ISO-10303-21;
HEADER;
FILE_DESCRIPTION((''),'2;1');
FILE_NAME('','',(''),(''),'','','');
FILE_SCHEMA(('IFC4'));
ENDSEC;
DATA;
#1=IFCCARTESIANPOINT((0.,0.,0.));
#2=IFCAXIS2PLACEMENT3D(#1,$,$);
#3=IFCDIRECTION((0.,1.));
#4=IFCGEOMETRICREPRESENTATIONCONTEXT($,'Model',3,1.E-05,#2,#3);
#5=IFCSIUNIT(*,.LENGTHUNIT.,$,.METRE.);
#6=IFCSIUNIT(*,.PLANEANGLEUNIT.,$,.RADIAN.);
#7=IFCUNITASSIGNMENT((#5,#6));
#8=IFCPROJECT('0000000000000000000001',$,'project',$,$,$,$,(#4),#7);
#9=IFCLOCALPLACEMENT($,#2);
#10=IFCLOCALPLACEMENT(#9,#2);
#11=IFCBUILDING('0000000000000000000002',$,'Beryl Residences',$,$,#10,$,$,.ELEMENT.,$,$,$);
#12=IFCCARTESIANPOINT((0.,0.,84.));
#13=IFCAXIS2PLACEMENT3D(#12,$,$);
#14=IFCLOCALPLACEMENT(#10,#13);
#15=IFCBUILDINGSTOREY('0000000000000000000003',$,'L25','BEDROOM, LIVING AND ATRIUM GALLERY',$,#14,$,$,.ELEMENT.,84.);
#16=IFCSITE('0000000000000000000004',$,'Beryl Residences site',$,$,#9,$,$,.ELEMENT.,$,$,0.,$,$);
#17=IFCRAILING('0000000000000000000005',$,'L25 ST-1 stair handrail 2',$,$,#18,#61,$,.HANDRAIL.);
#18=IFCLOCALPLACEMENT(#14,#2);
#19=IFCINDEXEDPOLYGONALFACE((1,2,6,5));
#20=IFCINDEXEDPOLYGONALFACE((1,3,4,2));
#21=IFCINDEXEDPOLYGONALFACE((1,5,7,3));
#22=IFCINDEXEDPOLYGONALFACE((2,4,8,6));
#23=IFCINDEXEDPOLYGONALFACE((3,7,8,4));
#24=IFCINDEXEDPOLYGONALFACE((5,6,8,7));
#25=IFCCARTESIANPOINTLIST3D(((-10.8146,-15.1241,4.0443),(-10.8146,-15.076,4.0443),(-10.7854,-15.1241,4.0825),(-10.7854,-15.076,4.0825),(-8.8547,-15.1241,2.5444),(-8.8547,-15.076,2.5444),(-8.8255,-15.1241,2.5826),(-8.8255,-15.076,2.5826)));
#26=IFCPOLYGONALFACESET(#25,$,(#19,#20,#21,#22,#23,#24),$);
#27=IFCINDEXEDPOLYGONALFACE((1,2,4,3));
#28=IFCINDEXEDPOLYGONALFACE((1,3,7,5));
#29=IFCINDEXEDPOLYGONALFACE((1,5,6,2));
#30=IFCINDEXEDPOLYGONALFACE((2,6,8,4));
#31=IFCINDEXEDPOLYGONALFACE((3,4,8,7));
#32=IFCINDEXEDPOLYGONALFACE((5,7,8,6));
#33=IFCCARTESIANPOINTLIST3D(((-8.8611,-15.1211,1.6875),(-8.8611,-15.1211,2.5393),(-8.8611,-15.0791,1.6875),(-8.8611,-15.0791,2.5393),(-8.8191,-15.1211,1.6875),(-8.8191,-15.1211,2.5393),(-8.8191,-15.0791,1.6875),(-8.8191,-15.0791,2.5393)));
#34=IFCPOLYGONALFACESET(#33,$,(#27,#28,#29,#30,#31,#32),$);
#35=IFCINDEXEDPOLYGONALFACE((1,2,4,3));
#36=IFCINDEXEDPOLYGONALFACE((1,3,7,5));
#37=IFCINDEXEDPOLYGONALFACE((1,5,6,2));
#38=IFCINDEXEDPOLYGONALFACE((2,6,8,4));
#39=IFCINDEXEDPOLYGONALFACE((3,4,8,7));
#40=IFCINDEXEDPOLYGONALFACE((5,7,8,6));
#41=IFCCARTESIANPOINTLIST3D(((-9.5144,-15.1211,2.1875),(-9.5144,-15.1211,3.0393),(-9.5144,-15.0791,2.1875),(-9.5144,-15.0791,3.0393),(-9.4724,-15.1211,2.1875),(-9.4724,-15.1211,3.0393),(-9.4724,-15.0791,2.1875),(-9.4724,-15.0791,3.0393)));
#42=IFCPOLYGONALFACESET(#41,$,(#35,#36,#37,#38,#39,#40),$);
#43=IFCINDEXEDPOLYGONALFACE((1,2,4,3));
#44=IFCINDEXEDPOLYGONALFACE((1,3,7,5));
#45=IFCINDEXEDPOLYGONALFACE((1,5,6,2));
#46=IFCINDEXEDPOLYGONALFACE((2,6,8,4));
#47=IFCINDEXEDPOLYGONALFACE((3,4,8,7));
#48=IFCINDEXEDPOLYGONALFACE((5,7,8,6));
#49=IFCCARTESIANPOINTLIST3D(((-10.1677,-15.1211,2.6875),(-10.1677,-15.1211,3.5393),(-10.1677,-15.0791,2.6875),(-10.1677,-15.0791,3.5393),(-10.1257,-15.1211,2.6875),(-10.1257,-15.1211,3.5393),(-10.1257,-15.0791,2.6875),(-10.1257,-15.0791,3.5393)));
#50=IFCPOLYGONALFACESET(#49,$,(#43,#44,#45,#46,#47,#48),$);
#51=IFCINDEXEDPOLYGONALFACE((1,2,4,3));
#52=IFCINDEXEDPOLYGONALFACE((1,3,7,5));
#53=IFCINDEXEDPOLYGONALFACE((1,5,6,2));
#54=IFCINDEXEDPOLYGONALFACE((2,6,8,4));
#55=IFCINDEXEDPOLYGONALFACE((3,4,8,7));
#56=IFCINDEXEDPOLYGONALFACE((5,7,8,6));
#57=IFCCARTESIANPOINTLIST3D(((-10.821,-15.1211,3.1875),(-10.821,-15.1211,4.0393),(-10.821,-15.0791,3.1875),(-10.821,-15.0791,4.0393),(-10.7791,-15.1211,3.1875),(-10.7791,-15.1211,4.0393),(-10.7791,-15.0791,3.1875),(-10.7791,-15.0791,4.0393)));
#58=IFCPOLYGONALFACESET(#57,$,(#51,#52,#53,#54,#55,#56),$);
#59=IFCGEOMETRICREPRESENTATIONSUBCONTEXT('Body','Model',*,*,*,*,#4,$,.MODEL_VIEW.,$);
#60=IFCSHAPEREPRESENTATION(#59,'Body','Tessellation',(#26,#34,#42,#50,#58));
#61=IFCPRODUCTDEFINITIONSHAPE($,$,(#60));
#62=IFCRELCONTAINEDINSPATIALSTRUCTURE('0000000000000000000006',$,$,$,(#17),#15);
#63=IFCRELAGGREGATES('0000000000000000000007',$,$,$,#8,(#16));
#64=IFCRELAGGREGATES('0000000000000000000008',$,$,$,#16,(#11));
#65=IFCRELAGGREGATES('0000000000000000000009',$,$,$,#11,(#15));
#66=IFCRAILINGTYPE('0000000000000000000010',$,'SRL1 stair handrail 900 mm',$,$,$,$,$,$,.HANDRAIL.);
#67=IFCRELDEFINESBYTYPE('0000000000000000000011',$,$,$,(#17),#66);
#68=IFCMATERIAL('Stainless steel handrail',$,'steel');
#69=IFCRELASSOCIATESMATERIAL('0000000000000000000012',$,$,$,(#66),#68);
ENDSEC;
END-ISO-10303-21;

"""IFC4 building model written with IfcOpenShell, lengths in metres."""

from ifc_helpers import new_model, si_unit, direction, frame, origin, origin_2d, place, context, subcontext, project, spatial, rectangle, extrude, material, type_object, element, save


model = new_model("IFC4")

# Units and contexts
model_context = context("Model", 3, precision=1e-05, world=origin(), true_north=direction((0.0, 1.0)))
body_context = subcontext(model_context, "Body", "Model", "MODEL_VIEW")
ifc_project = project(units=[si_unit("LENGTHUNIT", "METRE"), si_unit("PLANEANGLEUNIT", "RADIAN")], contexts=[model_context])

# Site, building, storey
site_placement = place(None, origin())
site = spatial("IfcSite", under=ifc_project, at=site_placement, Name="Beryl Residences site", CompositionType="ELEMENT", RefElevation=0.0)
building_placement = place(site_placement, origin())
building = spatial("IfcBuilding", under=site, at=building_placement, Name="Beryl Residences", CompositionType="ELEMENT")
storey_placement = place(building_placement, frame((0.0, 0.0, 84.0)))
storey = spatial("IfcBuildingStorey", under=building, at=storey_placement, Name="L25", Description="BEDROOM, LIVING AND ATRIUM GALLERY", CompositionType="ELEMENT", Elevation=84.0)

# Railing
ifc_material_1 = material(Name="Stainless steel handrail", Category="steel")
railing_type_1 = type_object("IfcRailingType", Name="SRL1 stair handrail 900 mm", PredefinedType="HANDRAIL", material=ifc_material_1)
railing_1_placement = place(storey_placement, frame((-8.8401, -15.1001, 1.6875)))
element("IfcRailing", 1, at=railing_1_placement, inside=storey, type_object=railing_type_1, Name="L25 ST-1 stair handrail 2", PredefinedType="HANDRAIL", context=body_context, shape_type="SweptSolid", body=[
    extrude(rectangle(XDim=0.0481, YDim=0.0481, at=origin_2d()), frame((0.0, 0.0, 0.876), z_axis=(-0.794122, 0.0, 0.607758), x_axis=(0.0, -1.0, 0.0)), (0.0, 0.0, 1.0), 2.468),
    extrude(rectangle(XDim=0.042, YDim=0.042, at=origin_2d()), origin(), (0.0, 0.0, 1.0), 0.8518),
    extrude(rectangle(XDim=0.042, YDim=0.042, at=origin_2d()), frame((-0.6533, 0.0, 0.5)), (0.0, 0.0, 1.0), 0.8518),
    extrude(rectangle(XDim=0.042, YDim=0.042, at=origin_2d()), frame((-1.3066, 0.0, 1.0)), (0.0, 0.0, 1.0), 0.8518),
    extrude(rectangle(XDim=0.042, YDim=0.042, at=origin_2d()), frame((-1.96, 0.0, 1.5)), (0.0, 0.0, 1.0), 0.8518),
])

save(model, "model.ifc")
